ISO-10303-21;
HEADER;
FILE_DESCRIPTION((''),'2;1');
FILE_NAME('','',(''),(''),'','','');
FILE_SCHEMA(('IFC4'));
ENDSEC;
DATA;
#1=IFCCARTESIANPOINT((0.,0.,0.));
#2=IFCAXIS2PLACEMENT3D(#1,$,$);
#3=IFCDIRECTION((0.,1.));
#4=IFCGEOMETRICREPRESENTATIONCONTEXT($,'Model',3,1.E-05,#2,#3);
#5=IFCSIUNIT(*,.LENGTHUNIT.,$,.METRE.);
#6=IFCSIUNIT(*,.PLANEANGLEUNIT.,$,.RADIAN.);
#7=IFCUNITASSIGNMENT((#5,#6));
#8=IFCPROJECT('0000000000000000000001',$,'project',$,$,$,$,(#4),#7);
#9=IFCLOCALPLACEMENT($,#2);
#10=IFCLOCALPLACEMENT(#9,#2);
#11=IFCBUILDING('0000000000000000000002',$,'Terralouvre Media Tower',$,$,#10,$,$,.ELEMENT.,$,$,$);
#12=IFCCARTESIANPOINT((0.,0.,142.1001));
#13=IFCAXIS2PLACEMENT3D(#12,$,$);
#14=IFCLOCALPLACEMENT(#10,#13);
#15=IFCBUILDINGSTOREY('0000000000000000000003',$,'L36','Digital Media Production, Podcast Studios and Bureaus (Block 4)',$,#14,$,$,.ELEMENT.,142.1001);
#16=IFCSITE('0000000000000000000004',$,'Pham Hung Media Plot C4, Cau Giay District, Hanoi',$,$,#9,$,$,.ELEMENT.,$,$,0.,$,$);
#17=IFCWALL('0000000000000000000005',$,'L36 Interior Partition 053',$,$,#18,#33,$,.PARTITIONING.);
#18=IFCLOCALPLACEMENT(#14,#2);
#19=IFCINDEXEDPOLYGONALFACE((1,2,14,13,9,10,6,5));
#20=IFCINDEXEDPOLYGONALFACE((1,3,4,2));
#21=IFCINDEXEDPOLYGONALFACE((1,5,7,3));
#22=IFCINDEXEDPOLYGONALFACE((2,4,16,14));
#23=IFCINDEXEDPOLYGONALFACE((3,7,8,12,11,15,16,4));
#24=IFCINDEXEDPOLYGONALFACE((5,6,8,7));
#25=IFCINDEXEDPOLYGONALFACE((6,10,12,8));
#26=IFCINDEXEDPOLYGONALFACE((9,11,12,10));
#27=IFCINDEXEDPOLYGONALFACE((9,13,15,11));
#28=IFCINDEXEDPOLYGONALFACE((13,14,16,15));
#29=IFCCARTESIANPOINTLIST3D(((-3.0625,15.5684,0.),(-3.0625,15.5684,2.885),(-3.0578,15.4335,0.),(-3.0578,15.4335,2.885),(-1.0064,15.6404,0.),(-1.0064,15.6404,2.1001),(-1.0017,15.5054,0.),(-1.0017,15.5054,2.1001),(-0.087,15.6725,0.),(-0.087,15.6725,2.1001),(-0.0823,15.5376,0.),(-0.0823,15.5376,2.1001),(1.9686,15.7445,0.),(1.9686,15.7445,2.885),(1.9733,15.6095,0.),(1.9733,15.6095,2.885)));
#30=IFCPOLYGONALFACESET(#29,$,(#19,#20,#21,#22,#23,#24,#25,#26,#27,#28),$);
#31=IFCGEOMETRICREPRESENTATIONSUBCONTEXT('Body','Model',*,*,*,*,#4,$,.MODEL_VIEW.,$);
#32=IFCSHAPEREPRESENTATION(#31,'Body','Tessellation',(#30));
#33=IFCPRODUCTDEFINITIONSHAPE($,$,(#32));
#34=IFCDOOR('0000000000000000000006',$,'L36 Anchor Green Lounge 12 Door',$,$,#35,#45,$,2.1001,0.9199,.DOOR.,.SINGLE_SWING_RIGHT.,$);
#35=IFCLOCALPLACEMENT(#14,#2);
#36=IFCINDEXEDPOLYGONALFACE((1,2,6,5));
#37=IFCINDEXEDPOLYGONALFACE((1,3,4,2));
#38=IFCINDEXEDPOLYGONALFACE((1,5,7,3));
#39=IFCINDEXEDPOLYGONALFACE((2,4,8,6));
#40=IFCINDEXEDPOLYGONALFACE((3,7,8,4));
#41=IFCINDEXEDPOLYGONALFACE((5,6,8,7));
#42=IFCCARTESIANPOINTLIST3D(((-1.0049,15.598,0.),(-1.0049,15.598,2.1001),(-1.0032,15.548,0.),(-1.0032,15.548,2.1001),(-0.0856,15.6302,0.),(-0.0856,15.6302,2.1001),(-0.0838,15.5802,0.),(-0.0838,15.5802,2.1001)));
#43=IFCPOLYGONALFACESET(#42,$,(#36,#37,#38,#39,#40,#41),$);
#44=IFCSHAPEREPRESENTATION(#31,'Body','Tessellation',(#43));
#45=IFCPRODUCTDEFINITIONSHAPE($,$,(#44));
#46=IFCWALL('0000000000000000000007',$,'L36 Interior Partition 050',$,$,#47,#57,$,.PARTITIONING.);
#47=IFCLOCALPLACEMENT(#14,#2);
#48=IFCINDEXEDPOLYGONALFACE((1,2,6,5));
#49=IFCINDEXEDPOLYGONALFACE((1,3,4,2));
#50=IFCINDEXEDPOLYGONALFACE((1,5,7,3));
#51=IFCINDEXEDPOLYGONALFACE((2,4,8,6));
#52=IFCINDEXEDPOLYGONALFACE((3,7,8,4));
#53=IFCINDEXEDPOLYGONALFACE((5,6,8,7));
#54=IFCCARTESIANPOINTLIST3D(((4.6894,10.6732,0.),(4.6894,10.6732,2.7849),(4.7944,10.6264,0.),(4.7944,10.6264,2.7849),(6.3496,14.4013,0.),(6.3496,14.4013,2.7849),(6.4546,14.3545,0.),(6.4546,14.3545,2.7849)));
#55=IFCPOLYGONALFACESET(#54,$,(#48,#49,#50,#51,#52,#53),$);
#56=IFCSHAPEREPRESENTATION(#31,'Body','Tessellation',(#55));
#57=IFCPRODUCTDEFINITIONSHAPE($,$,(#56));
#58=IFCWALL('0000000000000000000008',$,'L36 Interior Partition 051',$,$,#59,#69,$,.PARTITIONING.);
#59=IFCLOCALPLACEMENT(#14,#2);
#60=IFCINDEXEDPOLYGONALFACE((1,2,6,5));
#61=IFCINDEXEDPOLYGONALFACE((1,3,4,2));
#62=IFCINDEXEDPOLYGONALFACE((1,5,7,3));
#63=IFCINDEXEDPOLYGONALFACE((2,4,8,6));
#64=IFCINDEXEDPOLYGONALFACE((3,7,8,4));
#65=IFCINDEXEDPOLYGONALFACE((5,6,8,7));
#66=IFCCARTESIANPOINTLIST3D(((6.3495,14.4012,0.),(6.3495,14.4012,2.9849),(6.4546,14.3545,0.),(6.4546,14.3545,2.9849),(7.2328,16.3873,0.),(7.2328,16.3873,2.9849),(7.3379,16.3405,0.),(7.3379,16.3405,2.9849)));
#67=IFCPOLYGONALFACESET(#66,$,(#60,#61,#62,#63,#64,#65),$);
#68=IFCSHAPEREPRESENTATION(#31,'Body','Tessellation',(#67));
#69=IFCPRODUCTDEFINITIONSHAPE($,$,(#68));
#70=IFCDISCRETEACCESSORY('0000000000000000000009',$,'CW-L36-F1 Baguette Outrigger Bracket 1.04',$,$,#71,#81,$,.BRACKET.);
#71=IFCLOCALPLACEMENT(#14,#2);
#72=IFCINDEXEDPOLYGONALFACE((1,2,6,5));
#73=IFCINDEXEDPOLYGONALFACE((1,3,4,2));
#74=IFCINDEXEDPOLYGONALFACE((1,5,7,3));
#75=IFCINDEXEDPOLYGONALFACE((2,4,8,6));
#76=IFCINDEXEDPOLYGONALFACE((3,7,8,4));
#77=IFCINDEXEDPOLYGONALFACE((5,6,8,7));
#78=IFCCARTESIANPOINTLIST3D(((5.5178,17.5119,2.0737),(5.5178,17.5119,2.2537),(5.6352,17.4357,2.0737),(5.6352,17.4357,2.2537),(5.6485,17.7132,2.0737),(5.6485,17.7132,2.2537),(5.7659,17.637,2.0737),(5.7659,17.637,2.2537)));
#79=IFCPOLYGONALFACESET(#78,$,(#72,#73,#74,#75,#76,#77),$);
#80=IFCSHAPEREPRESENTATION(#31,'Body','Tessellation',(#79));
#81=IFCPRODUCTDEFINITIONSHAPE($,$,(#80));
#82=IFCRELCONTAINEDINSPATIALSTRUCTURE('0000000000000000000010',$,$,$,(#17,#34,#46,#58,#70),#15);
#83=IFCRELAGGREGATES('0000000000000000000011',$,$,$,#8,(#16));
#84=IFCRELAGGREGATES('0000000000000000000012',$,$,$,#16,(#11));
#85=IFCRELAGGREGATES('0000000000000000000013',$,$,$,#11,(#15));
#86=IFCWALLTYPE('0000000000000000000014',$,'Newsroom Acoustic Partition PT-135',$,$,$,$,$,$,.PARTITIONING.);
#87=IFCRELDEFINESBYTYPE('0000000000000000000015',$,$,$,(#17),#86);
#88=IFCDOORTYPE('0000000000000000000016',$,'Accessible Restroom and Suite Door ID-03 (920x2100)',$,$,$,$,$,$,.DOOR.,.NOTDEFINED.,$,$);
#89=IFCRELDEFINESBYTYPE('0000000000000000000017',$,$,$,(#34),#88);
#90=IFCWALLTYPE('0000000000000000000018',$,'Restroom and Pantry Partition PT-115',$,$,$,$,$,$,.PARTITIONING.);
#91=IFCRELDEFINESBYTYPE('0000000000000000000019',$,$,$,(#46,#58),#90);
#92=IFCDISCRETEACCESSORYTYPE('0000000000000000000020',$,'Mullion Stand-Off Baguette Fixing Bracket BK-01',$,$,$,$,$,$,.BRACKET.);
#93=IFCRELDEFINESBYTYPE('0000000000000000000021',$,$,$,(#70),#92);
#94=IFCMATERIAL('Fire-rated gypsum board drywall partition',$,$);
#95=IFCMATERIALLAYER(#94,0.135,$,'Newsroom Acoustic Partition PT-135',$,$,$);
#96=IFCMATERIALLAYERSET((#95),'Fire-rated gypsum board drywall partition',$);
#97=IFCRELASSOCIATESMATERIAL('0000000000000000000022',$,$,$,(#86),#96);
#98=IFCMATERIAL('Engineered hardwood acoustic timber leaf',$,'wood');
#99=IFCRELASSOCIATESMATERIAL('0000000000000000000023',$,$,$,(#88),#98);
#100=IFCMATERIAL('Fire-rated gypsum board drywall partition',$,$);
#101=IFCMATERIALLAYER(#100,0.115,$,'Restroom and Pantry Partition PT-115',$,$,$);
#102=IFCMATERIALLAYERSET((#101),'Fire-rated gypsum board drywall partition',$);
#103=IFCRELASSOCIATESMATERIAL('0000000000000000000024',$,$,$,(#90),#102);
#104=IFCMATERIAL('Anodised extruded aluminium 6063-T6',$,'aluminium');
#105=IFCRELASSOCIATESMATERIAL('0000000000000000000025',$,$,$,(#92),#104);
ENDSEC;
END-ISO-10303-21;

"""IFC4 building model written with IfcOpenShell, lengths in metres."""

from ifc_helpers import new_model, si_unit, direction, frame, frame_2d, origin, origin_2d, place, context, subcontext, project, spatial, rectangle, extrude, material, layer, layer_set, type_object, element, fill, save


model = new_model("IFC4")

# Units and contexts
model_context = context("Model", 3, precision=1e-05, world=origin(), true_north=direction((0.0, 1.0)))
body_context = subcontext(model_context, "Body", "Model", "MODEL_VIEW")
ifc_project = project(units=[si_unit("LENGTHUNIT", "METRE"), si_unit("PLANEANGLEUNIT", "RADIAN")], contexts=[model_context])

# Site, building, storey
site_placement = place(None, origin())
site = spatial("IfcSite", under=ifc_project, at=site_placement, Name="Pham Hung Media Plot C4, Cau Giay District, Hanoi", CompositionType="ELEMENT", RefElevation=0.0)
building_placement = place(site_placement, origin())
building = spatial("IfcBuilding", under=site, at=building_placement, Name="Terralouvre Media Tower", CompositionType="ELEMENT")
storey_placement = place(building_placement, frame((0.0, 0.0, 142.1001)))
storey = spatial("IfcBuildingStorey", under=building, at=storey_placement, Name="L36", Description="Digital Media Production, Podcast Studios and Bureaus (Block 4)", CompositionType="ELEMENT", Elevation=142.1001)

# Shared definitions
ifc_material_1 = material(Name="Fire-rated gypsum board drywall partition")
ifc_layer_1 = layer(ifc_material_1, 0.135, Name="Newsroom Acoustic Partition PT-135")
ifc_layer_set_1 = layer_set([ifc_layer_1], Name="Fire-rated gypsum board drywall partition")
wall_type_1 = type_object("IfcWallType", Name="Newsroom Acoustic Partition PT-135", PredefinedType="PARTITIONING", material=ifc_layer_set_1)

# Wall, opening, door
wall_1_placement = place(storey_placement, frame((1.9709, 15.677, 0.0), z_axis=(0.0, 0.0, 1.0), x_axis=(-0.999388, -0.034967, 0.0)))
wall_1 = element("IfcWall", 1, at=wall_1_placement, inside=storey, type_object=wall_type_1, Name="L36 Interior Partition 053", PredefinedType="PARTITIONING", context=body_context, shape_type="SweptSolid", body=[
    extrude(rectangle(XDim=5.0342, YDim=0.135, at=frame_2d((2.5171, 0.0))), origin(), (0.0, 0.0, 1.0), 2.885),
])
opening_1_placement = place(wall_1_placement, frame((2.0569, 0.0, 0.0)))
opening_1 = element("IfcOpeningElement", 2, at=opening_1_placement, cuts=wall_1, PredefinedType="OPENING", context=body_context, shape_type="SweptSolid", body=[
    extrude(rectangle(XDim=0.9199, YDim=2.1001, at=frame_2d((0.46, 1.05))), frame((0.0, 0.0774, 0.0), z_axis=(0.0, -1.0, 0.0), x_axis=(1.0, 0.0, 0.0)), (0.0, 0.0, 1.0), 0.155),
])
ifc_material_2 = material(Name="Engineered hardwood acoustic timber leaf", Category="wood")
door_type_1 = type_object("IfcDoorType", Name="Accessible Restroom and Suite Door ID-03 (920x2100)", OperationType="NOTDEFINED", PredefinedType="DOOR", material=ifc_material_2)
door_1_placement = place(opening_1_placement, origin())
door_1 = element("IfcDoor", 3, at=door_1_placement, inside=storey, type_object=door_type_1, Name="L36 Anchor Green Lounge 12 Door", OperationType="SINGLE_SWING_RIGHT", OverallHeight=2.1001, OverallWidth=0.9199, PredefinedType="DOOR", context=body_context, shape_type="SweptSolid", body=[
    extrude(rectangle(XDim=0.9199, YDim=2.1001, at=frame_2d((0.46, 1.05))), frame((0.0, 0.0249, 0.0), z_axis=(0.0, -1.0, 0.0), x_axis=(1.0, 0.0, 0.0)), (0.0, 0.0, 1.0), 0.05),
])
fill(opening_1, door_1)

# Walls
ifc_material_3 = material(Name="Fire-rated gypsum board drywall partition")
ifc_layer_2 = layer(ifc_material_3, 0.115, Name="Restroom and Pantry Partition PT-115")
ifc_layer_set_2 = layer_set([ifc_layer_2], Name="Fire-rated gypsum board drywall partition")
wall_type_2 = type_object("IfcWallType", Name="Restroom and Pantry Partition PT-115", PredefinedType="PARTITIONING", material=ifc_layer_set_2)
wall_2_placement = place(storey_placement, frame((6.4021, 14.3779, 0.0), z_axis=(0.0, 0.0, 1.0), x_axis=(-0.406804, -0.913515, 0.0)))
element("IfcWall", 4, at=wall_2_placement, inside=storey, type_object=wall_type_2, Name="L36 Interior Partition 050", PredefinedType="PARTITIONING", context=body_context, shape_type="SweptSolid", body=[
    extrude(rectangle(XDim=4.0811, YDim=0.115, at=frame_2d((2.0405, 0.0))), origin(), (0.0, 0.0, 1.0), 2.7849),
])
wall_3_placement = place(storey_placement, frame((7.2854, 16.364, 0.0), z_axis=(0.0, 0.0, 1.0), x_axis=(-0.406368, -0.91371, 0.0)))
element("IfcWall", 5, at=wall_3_placement, inside=storey, type_object=wall_type_2, Name="L36 Interior Partition 051", PredefinedType="PARTITIONING", context=body_context, shape_type="SweptSolid", body=[
    extrude(rectangle(XDim=2.1736, YDim=0.115, at=frame_2d((1.0869, 0.0))), origin(), (0.0, 0.0, 1.0), 2.9849),
])

# Discrete accessory
ifc_material_4 = material(Name="Anodised extruded aluminium 6063-T6", Category="aluminium")
discrete_accessory_type = type_object("IfcDiscreteAccessoryType", Name="Mullion Stand-Off Baguette Fixing Bracket BK-01", PredefinedType="BRACKET", material=ifc_material_4)
discrete_accessory_placement = place(storey_placement, frame((5.6418, 17.5745, 2.0737), z_axis=(0.0, 0.0, 1.0), x_axis=(-0.838671, 0.544639, 0.0)))
element("IfcDiscreteAccessory", 6, at=discrete_accessory_placement, inside=storey, type_object=discrete_accessory_type, Name="CW-L36-F1 Baguette Outrigger Bracket 1.04", PredefinedType="BRACKET", context=body_context, shape_type="SweptSolid", body=[
    extrude(rectangle(XDim=0.1399, YDim=0.24, at=origin_2d()), origin(), (0.0, 0.0, 1.0), 0.1799),
])

save(model, "model.ifc")
